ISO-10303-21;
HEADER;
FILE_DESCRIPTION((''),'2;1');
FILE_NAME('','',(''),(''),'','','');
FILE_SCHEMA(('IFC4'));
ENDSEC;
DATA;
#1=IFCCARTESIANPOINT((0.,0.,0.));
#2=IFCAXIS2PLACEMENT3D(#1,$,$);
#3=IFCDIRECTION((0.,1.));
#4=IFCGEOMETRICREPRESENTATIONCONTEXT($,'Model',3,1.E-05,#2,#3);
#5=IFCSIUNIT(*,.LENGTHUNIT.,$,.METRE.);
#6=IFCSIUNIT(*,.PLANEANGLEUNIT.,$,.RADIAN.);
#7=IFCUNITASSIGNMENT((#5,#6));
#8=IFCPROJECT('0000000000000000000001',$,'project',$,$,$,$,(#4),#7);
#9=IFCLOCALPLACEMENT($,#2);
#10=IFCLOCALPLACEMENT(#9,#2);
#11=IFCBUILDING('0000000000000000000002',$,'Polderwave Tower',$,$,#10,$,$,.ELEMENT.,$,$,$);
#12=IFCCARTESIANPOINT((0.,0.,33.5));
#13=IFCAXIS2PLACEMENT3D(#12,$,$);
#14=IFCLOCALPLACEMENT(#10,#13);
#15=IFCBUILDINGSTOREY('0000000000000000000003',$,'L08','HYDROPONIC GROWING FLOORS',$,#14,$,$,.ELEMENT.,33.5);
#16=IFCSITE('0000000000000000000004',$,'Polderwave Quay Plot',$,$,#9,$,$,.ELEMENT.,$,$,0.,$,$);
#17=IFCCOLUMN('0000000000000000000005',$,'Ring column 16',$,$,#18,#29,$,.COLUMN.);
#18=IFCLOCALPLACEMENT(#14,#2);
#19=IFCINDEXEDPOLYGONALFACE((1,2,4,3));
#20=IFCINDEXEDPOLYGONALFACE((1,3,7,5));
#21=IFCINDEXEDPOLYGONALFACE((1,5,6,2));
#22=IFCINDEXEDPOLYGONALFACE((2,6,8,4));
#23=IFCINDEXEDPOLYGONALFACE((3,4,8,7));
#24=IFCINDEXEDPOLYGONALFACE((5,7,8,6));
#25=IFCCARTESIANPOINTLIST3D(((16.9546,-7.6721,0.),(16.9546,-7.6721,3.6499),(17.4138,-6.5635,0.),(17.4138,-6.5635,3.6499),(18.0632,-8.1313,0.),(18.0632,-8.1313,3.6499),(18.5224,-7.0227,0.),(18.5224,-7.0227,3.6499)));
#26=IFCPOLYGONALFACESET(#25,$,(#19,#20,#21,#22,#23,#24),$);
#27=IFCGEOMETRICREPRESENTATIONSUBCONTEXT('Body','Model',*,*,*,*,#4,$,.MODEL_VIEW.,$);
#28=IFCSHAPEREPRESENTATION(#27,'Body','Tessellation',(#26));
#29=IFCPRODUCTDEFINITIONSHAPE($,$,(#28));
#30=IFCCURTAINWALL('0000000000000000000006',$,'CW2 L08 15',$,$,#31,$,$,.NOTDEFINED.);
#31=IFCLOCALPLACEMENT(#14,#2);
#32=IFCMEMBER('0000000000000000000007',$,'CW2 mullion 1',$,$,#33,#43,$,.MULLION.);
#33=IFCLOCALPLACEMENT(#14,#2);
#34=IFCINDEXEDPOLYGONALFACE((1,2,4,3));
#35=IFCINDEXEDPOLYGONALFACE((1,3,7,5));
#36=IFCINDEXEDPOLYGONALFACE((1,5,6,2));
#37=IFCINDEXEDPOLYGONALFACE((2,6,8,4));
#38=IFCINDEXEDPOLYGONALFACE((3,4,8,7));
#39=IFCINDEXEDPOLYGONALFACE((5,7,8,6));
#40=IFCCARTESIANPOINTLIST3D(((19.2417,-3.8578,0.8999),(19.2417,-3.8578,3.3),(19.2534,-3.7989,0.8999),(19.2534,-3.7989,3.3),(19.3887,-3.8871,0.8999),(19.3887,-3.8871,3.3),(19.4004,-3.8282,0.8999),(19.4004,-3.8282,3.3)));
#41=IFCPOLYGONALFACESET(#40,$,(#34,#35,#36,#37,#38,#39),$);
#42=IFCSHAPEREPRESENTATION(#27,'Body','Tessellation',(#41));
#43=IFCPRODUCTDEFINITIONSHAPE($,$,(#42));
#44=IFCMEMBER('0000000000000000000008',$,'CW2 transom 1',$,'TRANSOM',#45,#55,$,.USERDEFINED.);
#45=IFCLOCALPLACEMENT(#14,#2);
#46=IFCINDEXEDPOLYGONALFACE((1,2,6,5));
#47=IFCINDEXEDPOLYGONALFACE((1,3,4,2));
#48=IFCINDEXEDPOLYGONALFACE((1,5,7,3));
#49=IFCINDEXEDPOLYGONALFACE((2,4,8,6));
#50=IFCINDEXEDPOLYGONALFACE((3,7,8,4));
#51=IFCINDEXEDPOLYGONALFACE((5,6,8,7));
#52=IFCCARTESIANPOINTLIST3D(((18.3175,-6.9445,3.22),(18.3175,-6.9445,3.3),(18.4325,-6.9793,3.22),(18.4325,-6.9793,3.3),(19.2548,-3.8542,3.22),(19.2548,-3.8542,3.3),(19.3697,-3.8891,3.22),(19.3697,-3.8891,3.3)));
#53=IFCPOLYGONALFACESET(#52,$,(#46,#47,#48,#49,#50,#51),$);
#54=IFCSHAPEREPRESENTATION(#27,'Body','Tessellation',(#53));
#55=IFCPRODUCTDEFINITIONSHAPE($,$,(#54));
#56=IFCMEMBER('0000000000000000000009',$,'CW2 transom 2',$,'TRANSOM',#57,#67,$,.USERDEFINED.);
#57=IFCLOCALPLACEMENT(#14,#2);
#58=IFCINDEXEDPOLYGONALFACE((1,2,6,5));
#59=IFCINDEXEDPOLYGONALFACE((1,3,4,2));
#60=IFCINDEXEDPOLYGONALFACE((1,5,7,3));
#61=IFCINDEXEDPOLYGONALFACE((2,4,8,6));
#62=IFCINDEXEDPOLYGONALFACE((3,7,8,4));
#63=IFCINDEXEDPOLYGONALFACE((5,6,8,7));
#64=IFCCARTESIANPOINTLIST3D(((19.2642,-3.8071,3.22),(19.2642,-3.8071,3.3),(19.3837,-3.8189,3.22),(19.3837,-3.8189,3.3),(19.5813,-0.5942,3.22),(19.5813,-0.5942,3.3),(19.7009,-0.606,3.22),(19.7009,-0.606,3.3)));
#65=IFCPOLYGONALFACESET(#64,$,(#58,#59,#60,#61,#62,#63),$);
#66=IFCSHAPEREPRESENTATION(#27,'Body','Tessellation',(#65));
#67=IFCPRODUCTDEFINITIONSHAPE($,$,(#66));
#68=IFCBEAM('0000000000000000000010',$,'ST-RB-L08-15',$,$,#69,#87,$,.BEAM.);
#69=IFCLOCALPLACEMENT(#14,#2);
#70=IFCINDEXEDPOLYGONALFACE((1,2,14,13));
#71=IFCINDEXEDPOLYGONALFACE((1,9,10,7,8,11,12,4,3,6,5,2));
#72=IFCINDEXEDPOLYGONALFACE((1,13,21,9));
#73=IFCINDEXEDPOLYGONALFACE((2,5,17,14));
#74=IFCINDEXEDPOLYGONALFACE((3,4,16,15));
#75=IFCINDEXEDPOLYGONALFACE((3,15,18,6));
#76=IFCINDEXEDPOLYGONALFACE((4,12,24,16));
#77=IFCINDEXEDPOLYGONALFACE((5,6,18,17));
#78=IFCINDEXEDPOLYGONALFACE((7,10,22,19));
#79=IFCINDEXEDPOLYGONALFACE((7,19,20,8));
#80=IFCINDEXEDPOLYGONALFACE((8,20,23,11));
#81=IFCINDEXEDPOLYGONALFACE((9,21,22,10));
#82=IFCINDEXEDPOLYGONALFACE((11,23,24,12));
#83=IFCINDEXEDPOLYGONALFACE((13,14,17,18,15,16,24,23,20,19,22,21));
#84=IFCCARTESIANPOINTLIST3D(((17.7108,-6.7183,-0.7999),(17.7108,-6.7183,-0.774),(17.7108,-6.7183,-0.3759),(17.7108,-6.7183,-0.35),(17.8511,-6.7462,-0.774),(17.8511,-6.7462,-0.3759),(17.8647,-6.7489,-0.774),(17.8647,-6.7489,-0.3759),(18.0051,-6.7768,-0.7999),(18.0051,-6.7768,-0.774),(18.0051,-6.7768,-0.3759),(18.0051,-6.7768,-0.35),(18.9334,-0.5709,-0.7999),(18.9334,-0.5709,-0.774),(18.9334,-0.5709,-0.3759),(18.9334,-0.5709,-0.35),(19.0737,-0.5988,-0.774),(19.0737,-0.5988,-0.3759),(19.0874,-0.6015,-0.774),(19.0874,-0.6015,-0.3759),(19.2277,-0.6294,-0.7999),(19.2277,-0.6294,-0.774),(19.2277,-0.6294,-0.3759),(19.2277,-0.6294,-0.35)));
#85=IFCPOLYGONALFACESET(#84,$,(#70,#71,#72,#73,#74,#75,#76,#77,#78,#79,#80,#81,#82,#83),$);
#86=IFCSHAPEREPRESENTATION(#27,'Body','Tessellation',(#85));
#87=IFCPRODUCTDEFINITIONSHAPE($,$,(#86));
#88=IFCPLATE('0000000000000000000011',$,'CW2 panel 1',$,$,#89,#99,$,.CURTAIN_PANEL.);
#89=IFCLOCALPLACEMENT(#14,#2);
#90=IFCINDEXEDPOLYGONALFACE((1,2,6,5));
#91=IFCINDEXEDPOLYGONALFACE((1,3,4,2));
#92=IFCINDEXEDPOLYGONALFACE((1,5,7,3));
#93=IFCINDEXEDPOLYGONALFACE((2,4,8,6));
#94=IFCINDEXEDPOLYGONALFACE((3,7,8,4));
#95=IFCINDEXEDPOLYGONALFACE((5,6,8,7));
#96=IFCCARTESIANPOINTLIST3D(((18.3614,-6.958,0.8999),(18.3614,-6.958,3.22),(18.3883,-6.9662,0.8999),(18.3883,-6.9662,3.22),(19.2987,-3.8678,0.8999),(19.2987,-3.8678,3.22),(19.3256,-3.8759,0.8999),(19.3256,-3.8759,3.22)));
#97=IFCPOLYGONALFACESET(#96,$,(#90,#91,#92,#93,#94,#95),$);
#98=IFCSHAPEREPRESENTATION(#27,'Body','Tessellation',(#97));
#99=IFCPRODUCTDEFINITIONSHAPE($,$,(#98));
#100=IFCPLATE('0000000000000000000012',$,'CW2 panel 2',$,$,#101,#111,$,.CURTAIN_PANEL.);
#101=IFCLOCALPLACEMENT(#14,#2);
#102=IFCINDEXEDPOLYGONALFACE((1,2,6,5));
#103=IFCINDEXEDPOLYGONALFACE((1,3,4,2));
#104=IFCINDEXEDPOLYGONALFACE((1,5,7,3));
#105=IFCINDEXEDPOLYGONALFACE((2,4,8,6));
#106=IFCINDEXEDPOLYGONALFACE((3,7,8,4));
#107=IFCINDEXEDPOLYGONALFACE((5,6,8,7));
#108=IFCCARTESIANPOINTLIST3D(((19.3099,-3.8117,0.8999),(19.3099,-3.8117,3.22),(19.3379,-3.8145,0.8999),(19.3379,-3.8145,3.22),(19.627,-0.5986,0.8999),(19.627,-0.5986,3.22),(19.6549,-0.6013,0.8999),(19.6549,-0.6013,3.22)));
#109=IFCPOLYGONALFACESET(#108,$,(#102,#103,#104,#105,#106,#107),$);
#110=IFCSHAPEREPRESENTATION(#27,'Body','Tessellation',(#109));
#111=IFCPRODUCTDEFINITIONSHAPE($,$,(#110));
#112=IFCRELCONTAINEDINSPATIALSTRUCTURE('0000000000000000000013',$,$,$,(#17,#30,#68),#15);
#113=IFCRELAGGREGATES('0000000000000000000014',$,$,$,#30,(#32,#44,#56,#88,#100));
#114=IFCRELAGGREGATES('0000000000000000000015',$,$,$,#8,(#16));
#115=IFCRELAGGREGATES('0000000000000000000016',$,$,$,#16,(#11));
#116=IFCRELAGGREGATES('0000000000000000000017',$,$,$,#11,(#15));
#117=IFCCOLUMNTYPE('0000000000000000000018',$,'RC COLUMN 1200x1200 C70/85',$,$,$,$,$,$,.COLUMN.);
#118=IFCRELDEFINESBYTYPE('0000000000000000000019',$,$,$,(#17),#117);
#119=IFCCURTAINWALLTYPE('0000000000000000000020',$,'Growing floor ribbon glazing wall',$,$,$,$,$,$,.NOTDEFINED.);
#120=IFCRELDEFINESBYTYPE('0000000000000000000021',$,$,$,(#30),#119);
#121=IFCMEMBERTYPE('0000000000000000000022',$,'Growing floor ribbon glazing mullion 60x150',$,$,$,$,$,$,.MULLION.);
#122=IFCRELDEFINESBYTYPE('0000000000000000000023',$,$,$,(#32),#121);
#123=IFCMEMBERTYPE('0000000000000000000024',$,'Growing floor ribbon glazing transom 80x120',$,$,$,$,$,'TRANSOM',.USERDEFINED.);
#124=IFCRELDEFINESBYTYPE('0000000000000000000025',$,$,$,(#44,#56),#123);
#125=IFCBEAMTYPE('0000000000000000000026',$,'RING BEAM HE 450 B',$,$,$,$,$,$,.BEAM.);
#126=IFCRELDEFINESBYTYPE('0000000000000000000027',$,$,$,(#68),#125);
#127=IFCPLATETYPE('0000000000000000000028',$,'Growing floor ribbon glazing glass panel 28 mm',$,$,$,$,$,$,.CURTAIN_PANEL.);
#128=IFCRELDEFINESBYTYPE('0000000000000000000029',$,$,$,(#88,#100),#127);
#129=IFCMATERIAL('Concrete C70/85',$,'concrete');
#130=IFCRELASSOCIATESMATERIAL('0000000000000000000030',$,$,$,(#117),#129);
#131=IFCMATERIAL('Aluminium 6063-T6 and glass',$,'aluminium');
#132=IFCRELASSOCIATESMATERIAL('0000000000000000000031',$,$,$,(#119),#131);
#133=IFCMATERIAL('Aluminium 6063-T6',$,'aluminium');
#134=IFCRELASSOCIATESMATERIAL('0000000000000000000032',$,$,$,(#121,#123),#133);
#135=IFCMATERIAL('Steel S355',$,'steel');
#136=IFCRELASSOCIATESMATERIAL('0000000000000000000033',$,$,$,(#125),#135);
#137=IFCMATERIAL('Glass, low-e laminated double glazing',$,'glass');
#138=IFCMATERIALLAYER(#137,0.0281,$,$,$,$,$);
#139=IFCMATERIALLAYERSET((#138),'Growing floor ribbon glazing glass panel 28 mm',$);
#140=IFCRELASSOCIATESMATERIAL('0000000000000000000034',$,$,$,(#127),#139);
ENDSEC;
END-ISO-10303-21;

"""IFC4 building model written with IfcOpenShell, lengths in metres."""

from ifc_helpers import new_model, si_unit, direction, frame, origin, origin_2d, place, context, subcontext, project, spatial, rectangle, i_section, extrude, material, layer, layer_set, material_profile, profile_set, type_object, element, aggregate, save


model = new_model("IFC4")

# Units and contexts
model_context = context("Model", 3, precision=1e-05, world=origin(), true_north=direction((0.0, 1.0)))
body_context = subcontext(model_context, "Body", "Model", "MODEL_VIEW")
ifc_project = project(units=[si_unit("LENGTHUNIT", "METRE"), si_unit("PLANEANGLEUNIT", "RADIAN")], contexts=[model_context])

# Site, building, storey
site_placement = place(None, origin())
site = spatial("IfcSite", under=ifc_project, at=site_placement, Name="Polderwave Quay Plot", CompositionType="ELEMENT", RefElevation=0.0)
building_placement = place(site_placement, origin())
building = spatial("IfcBuilding", under=site, at=building_placement, Name="Polderwave Tower", CompositionType="ELEMENT")
storey_placement = place(building_placement, frame((0.0, 0.0, 33.5)))
storey = spatial("IfcBuildingStorey", under=building, at=storey_placement, Name="L08", Description="HYDROPONIC GROWING FLOORS", CompositionType="ELEMENT", Elevation=33.5)

# Column
ifc_material_1 = material(Name="Concrete C70/85", Category="concrete")
ifc_material_profile_1 = material_profile(ifc_material_1, rectangle(XDim=1.2, YDim=1.2, at=origin_2d()), Name="RC 1200x1200")
ifc_profile_set_1 = profile_set([ifc_material_profile_1], Name="Concrete C70/85")
column_type = type_object("IfcColumnType", Name="RC COLUMN 1200x1200 C70/85", PredefinedType="COLUMN", material=ifc_profile_set_1)
column_placement = place(storey_placement, frame((17.7385, -7.3474, 0.0), z_axis=(0.0, 0.0, 1.0), x_axis=(0.92388, -0.382683, 0.0)))
element("IfcColumn", 1, at=column_placement, inside=storey, type_object=column_type, Name="Ring column 16", PredefinedType="COLUMN", context=body_context, shape_type="SweptSolid", body=[
    extrude(rectangle(XDim=1.2, YDim=1.2, at=origin_2d()), origin(), (0.0, 0.0, 1.0), 3.6499),
])

# Curtain wall, members
ifc_material_2 = material(Name="Aluminium 6063-T6 and glass", Category="aluminium")
curtain_wall_type = type_object("IfcCurtainWallType", Name="Growing floor ribbon glazing wall", PredefinedType="NOTDEFINED", material=ifc_material_2)
curtain_wall_placement = place(storey_placement, origin())
curtain_wall = element("IfcCurtainWall", 2, at=curtain_wall_placement, inside=storey, type_object=curtain_wall_type, Name="CW2 L08 15", PredefinedType="NOTDEFINED")
ifc_material_3 = material(Name="Aluminium 6063-T6", Category="aluminium")
ifc_material_profile_2 = material_profile(ifc_material_3, rectangle(XDim=0.1499, YDim=0.0601, at=origin_2d()), Name="AL 60x150")
ifc_profile_set_2 = profile_set([ifc_material_profile_2], Name="Aluminium 6063-T6")
member_type_1 = type_object("IfcMemberType", Name="Growing floor ribbon glazing mullion 60x150", PredefinedType="MULLION", material=ifc_profile_set_2)
member_1_placement = place(storey_placement, frame((19.321, -3.843, 0.8999), z_axis=(0.0, 0.0, 1.0), x_axis=(-0.980772, 0.195159, 0.0)))
member_1 = element("IfcMember", 3, at=member_1_placement, type_object=member_type_1, Name="CW2 mullion 1", PredefinedType="MULLION", context=body_context, shape_type="SweptSolid", body=[
    extrude(rectangle(XDim=0.1499, YDim=0.0601, at=origin_2d()), origin(), (0.0, 0.0, 1.0), 2.4001),
])
ifc_material_profile_3 = material_profile(ifc_material_3, rectangle(XDim=0.1201, YDim=0.0801, at=origin_2d()), Name="AL 80x120")
ifc_profile_set_3 = profile_set([ifc_material_profile_3], Name="Aluminium 6063-T6")
member_type_2 = type_object("IfcMemberType", Name="Growing floor ribbon glazing transom 80x120", ElementType="TRANSOM", PredefinedType="USERDEFINED", material=ifc_profile_set_3)
member_2_placement = place(storey_placement, frame((18.375, -6.9619, 3.26), z_axis=(0.290232, 0.956956, 0.0), x_axis=(-0.956956, 0.290232, 0.0)))
member_2 = element("IfcMember", 4, at=member_2_placement, type_object=member_type_2, Name="CW2 transom 1", ObjectType="TRANSOM", PredefinedType="USERDEFINED", context=body_context, shape_type="SweptSolid", body=[
    extrude(rectangle(XDim=0.1201, YDim=0.0801, at=origin_2d()), origin(), (0.0, 0.0, 1.0), 3.2292),
])
member_3_placement = place(storey_placement, frame((19.324, -3.813, 3.26), z_axis=(0.098231, 0.995164, 0.0), x_axis=(-0.995164, 0.098231, 0.0)))
member_3 = element("IfcMember", 5, at=member_3_placement, type_object=member_type_2, Name="CW2 transom 2", ObjectType="TRANSOM", PredefinedType="USERDEFINED", context=body_context, shape_type="SweptSolid", body=[
    extrude(rectangle(XDim=0.1201, YDim=0.0801, at=origin_2d()), origin(), (0.0, 0.0, 1.0), 3.2285),
])

# Beam
ifc_material_4 = material(Name="Steel S355", Category="steel")
ifc_material_profile_4 = material_profile(ifc_material_4, i_section(OverallWidth=0.3, OverallDepth=0.45, WebThickness=0.0139, FlangeThickness=0.0259, at=origin_2d()), Name="HE 450 B")
ifc_profile_set_4 = profile_set([ifc_material_profile_4], Name="Steel S355")
beam_type = type_object("IfcBeamType", Name="RING BEAM HE 450 B", PredefinedType="BEAM", material=ifc_profile_set_4)
beam_placement = place(storey_placement, frame((17.8579, -6.7476, -0.575), z_axis=(0.195067, 0.98079, 0.0), x_axis=(-0.98079, 0.195067, 0.0)))
element("IfcBeam", 6, at=beam_placement, inside=storey, type_object=beam_type, Name="ST-RB-L08-15", PredefinedType="BEAM", context=body_context, shape_type="SweptSolid", body=[
    extrude(i_section(OverallWidth=0.3, OverallDepth=0.45, WebThickness=0.0139, FlangeThickness=0.0259, at=origin_2d()), origin(), (0.0, 0.0, 1.0), 6.2678),
])

# Plates
ifc_material_5 = material(Name="Glass, low-e laminated double glazing", Category="glass")
ifc_layer_1 = layer(ifc_material_5, 0.0281)
ifc_layer_set_1 = layer_set([ifc_layer_1], Name="Growing floor ribbon glazing glass panel 28 mm")
plate_type = type_object("IfcPlateType", Name="Growing floor ribbon glazing glass panel 28 mm", PredefinedType="CURTAIN_PANEL", material=ifc_layer_set_1)
plate_1_placement = place(storey_placement, frame((18.8435, -5.417, 0.8999), z_axis=(0.0, 0.0, 1.0), x_axis=(0.290246, 0.956952, 0.0)))
plate_1 = element("IfcPlate", 7, at=plate_1_placement, type_object=plate_type, Name="CW2 panel 1", PredefinedType="CURTAIN_PANEL", context=body_context, shape_type="SweptSolid", body=[
    extrude(rectangle(XDim=3.2292, YDim=0.0281, at=origin_2d()), origin(), (0.0, 0.0, 1.0), 2.3201),
])
plate_2_placement = place(storey_placement, frame((19.4824, -2.2065, 0.8999), z_axis=(0.0, 0.0, 1.0), x_axis=(0.098198, 0.995167, 0.0)))
plate_2 = element("IfcPlate", 8, at=plate_2_placement, type_object=plate_type, Name="CW2 panel 2", PredefinedType="CURTAIN_PANEL", context=body_context, shape_type="SweptSolid", body=[
    extrude(rectangle(XDim=3.2288, YDim=0.0281, at=origin_2d()), origin(), (0.0, 0.0, 1.0), 2.3201),
])
aggregate(curtain_wall, [member_1, member_2, member_3, plate_1, plate_2])

save(model, "model.ifc")
